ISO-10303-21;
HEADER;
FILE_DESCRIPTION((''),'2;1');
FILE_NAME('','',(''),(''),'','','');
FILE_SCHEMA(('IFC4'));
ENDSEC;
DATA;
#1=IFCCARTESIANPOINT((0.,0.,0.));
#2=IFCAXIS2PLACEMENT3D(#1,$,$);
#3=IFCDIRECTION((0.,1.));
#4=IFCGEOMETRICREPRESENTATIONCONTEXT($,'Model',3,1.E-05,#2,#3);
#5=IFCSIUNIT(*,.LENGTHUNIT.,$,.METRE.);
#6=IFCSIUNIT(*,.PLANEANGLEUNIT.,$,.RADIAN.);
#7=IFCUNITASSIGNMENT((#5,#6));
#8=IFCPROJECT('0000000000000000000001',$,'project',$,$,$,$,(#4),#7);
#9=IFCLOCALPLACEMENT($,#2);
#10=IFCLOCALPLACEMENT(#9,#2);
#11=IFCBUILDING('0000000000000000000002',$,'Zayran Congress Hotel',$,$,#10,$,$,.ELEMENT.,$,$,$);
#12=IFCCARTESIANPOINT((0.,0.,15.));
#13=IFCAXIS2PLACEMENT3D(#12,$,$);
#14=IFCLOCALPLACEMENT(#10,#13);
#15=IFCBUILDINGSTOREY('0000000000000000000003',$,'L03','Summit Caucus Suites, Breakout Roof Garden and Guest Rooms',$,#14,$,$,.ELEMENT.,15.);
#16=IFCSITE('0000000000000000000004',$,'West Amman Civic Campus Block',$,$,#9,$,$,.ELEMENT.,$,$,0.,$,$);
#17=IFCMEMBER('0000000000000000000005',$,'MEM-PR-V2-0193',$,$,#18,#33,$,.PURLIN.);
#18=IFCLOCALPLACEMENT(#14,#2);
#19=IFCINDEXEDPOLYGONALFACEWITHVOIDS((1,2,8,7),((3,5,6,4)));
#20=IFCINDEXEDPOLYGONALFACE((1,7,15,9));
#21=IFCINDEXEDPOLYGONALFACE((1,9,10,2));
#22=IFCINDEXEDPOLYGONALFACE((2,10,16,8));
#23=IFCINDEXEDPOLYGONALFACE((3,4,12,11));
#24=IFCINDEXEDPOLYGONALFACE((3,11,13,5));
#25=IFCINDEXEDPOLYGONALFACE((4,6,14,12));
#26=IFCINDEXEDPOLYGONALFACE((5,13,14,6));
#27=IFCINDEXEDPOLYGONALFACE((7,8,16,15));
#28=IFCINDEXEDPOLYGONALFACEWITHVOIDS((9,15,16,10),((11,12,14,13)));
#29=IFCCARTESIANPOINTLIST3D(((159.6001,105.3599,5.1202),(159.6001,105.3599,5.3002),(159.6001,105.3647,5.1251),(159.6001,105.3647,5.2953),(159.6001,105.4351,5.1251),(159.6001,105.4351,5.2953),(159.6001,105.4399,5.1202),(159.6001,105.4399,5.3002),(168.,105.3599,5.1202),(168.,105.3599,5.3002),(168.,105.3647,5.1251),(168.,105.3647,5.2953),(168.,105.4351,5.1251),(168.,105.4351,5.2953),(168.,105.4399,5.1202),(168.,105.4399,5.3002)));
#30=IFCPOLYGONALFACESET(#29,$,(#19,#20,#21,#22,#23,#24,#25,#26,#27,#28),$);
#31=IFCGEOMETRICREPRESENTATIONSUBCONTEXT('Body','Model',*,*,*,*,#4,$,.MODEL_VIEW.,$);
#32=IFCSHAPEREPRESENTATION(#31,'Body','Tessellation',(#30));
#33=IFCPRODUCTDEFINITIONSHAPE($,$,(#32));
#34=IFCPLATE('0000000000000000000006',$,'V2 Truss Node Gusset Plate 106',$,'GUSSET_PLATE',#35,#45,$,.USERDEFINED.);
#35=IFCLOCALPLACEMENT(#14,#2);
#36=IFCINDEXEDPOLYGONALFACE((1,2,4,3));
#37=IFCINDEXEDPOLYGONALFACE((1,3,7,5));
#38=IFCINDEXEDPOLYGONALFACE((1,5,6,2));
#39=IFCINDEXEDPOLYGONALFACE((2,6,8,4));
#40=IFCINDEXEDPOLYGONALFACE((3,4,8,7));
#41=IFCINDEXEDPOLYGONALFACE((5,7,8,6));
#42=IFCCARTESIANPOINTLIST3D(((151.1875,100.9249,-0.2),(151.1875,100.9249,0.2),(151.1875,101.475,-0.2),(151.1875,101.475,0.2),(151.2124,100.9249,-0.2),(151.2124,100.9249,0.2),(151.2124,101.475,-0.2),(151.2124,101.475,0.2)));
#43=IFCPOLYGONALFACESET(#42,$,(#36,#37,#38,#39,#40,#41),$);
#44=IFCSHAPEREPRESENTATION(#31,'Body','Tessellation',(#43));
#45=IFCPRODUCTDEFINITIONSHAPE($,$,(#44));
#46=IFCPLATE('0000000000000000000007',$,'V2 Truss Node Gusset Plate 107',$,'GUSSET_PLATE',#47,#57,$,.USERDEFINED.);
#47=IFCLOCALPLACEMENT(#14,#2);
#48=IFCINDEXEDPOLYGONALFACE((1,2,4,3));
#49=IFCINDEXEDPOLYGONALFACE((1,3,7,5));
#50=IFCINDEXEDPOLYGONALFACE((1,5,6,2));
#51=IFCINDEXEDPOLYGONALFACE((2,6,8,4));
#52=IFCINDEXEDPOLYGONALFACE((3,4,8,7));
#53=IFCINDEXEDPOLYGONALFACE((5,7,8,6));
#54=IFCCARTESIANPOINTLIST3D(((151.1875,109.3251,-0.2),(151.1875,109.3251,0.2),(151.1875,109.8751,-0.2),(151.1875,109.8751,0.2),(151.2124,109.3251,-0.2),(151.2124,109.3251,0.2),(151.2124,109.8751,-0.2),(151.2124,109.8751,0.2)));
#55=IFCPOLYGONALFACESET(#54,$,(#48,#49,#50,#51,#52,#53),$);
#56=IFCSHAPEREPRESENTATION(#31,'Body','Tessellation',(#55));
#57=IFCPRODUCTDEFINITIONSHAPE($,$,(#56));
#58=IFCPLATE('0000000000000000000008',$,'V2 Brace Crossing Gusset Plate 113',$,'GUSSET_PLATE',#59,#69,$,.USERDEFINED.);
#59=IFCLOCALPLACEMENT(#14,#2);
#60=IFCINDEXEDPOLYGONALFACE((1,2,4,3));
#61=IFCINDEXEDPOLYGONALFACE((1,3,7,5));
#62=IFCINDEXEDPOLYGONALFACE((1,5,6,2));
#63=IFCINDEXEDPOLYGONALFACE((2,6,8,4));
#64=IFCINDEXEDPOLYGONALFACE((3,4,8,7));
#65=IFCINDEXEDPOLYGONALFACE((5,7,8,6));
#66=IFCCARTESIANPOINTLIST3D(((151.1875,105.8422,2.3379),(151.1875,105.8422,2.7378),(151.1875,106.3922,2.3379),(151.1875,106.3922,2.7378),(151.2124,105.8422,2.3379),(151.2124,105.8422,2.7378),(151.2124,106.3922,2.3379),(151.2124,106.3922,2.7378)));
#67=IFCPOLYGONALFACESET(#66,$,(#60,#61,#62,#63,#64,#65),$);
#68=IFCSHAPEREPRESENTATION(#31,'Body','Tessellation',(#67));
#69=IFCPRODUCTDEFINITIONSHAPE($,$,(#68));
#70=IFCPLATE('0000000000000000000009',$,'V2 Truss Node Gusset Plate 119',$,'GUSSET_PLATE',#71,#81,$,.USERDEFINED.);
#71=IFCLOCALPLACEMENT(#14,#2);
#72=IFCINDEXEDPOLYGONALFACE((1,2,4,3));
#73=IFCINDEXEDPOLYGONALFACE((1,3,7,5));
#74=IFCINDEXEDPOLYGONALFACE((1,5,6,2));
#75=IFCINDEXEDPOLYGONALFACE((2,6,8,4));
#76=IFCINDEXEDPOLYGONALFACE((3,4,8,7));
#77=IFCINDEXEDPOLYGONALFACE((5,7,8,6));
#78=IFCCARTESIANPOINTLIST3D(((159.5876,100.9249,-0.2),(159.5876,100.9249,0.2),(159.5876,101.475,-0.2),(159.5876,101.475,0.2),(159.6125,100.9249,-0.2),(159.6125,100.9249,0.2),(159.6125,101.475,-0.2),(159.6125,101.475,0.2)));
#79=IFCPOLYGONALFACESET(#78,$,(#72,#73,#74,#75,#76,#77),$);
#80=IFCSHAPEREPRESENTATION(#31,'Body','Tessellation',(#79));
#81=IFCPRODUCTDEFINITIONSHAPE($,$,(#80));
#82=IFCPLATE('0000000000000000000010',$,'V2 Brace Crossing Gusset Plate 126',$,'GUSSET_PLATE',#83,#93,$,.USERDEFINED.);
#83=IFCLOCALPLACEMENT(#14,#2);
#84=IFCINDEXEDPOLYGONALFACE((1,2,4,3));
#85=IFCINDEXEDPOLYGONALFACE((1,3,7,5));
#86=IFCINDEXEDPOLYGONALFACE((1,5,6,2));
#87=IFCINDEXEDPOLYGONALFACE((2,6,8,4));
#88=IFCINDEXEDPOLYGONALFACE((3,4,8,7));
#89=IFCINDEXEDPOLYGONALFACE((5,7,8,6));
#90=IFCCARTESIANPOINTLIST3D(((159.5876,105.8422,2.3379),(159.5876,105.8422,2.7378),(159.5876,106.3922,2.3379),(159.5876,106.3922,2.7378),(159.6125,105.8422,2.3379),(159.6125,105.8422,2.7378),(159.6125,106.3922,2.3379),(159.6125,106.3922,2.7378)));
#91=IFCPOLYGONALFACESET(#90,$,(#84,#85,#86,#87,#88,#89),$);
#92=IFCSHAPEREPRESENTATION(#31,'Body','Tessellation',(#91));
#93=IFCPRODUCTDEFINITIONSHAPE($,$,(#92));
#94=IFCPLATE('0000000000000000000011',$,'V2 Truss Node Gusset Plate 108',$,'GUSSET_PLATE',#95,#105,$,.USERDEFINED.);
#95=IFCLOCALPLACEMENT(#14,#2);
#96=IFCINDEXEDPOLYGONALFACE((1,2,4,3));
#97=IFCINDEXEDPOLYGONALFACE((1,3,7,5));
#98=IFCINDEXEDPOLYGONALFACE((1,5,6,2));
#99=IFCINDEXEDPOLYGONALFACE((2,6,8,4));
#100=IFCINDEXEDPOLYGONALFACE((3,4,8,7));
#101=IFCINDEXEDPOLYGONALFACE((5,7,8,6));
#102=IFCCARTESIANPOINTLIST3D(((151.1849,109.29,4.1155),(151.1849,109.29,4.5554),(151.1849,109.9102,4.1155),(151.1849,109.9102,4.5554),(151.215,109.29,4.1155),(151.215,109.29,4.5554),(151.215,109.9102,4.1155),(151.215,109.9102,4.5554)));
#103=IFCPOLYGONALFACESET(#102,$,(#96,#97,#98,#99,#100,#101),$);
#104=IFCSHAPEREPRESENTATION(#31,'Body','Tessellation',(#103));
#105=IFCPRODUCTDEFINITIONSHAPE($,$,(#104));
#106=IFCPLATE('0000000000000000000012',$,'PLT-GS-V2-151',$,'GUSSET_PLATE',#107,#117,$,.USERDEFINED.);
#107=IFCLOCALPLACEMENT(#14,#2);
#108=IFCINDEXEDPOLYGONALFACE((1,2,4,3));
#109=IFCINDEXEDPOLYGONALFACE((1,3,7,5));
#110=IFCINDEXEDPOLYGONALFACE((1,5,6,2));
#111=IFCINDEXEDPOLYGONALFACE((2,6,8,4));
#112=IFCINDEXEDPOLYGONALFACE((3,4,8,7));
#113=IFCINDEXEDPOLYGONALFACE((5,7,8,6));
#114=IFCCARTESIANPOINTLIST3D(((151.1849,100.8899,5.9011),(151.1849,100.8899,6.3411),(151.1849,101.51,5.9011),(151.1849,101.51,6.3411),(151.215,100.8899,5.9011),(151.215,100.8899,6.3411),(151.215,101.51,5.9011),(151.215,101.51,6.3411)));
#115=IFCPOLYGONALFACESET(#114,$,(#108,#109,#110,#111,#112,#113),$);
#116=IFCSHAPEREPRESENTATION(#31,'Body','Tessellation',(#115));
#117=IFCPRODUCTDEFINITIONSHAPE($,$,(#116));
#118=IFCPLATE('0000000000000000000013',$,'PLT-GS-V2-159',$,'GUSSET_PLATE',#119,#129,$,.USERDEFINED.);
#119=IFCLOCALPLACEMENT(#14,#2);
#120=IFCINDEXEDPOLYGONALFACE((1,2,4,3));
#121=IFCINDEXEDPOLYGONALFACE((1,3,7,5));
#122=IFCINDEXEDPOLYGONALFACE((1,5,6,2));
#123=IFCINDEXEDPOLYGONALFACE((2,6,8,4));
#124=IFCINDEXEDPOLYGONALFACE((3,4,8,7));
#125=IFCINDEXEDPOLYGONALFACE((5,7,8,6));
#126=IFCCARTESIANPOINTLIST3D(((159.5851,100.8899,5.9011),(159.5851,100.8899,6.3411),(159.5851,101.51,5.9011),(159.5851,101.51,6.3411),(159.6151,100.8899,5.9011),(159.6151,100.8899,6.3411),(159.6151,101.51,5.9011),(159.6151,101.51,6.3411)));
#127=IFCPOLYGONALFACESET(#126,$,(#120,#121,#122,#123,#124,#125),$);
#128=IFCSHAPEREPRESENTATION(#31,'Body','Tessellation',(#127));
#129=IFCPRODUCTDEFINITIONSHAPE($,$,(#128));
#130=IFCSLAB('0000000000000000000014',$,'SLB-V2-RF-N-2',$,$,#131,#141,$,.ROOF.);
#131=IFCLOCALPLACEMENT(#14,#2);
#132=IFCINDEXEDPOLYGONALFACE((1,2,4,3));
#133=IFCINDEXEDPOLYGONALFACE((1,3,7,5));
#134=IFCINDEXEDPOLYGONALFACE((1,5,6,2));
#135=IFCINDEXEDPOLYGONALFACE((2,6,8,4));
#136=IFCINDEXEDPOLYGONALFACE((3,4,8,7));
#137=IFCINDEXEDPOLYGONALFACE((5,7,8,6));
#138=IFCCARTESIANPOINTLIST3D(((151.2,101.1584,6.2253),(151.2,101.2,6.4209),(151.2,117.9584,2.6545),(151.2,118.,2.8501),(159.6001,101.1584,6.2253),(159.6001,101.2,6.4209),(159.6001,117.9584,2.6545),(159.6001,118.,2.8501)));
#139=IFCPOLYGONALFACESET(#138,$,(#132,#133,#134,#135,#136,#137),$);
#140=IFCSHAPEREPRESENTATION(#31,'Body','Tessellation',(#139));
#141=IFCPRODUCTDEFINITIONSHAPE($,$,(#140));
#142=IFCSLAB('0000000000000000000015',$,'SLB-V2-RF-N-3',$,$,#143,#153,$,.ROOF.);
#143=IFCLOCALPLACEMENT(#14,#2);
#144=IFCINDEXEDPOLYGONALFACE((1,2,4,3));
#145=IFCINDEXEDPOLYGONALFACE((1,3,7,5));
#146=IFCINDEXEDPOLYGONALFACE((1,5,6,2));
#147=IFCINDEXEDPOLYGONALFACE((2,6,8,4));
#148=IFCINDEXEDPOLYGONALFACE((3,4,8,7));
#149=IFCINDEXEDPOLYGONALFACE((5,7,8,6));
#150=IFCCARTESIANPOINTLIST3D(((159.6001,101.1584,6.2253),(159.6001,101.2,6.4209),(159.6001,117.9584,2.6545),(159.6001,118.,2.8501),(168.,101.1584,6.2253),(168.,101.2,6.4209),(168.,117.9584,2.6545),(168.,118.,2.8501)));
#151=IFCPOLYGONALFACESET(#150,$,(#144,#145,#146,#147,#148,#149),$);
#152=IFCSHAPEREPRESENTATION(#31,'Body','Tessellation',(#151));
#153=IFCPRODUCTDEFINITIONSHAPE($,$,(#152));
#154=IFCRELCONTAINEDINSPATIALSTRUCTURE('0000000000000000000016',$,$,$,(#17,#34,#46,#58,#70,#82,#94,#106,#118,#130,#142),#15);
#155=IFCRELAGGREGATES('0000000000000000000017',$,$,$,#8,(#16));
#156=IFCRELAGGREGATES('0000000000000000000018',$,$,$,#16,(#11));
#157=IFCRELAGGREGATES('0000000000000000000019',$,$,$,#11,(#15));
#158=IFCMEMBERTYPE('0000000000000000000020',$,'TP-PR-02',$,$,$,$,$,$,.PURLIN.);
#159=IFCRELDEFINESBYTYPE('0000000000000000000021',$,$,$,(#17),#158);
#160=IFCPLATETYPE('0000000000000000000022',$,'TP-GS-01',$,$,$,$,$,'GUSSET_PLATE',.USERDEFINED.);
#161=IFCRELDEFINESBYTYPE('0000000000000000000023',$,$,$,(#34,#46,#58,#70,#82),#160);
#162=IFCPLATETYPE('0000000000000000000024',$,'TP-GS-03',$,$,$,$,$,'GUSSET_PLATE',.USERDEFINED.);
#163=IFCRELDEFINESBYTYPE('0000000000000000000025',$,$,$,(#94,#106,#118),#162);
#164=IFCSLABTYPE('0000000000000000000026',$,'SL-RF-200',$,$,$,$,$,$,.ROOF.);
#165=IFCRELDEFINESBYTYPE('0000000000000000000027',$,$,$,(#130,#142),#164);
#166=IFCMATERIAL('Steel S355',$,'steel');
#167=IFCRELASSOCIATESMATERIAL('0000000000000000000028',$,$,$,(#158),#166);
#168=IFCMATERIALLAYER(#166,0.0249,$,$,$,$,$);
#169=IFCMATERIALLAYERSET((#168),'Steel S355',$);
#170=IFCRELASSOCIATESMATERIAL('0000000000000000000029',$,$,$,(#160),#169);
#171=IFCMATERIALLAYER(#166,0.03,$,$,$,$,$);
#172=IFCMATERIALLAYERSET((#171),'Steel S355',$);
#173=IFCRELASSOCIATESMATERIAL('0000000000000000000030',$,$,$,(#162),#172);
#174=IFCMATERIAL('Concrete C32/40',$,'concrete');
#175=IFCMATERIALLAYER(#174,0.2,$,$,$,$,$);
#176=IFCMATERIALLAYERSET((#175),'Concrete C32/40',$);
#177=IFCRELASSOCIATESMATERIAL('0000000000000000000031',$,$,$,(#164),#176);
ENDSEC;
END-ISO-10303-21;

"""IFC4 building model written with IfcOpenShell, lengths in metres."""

from ifc_helpers import new_model, si_unit, direction, frame, origin, origin_2d, place, context, subcontext, project, spatial, polyline, rectangle, hollow_rectangle, outline, extrude, material, layer, layer_set, material_profile, profile_set, type_object, element, save


model = new_model("IFC4")

# Units and contexts
model_context = context("Model", 3, precision=1e-05, world=origin(), true_north=direction((0.0, 1.0)))
body_context = subcontext(model_context, "Body", "Model", "MODEL_VIEW")
ifc_project = project(units=[si_unit("LENGTHUNIT", "METRE"), si_unit("PLANEANGLEUNIT", "RADIAN")], contexts=[model_context])

# Site, building, storey
site_placement = place(None, origin())
site = spatial("IfcSite", under=ifc_project, at=site_placement, Name="West Amman Civic Campus Block", CompositionType="ELEMENT", RefElevation=0.0)
building_placement = place(site_placement, origin())
building = spatial("IfcBuilding", under=site, at=building_placement, Name="Zayran Congress Hotel", CompositionType="ELEMENT")
storey_placement = place(building_placement, frame((0.0, 0.0, 15.0)))
storey = spatial("IfcBuildingStorey", under=building, at=storey_placement, Name="L03", Description="Summit Caucus Suites, Breakout Roof Garden and Guest Rooms", CompositionType="ELEMENT", Elevation=15.0)

# Shared definitions
ifc_material_1 = material(Name="Steel S355", Category="steel")

# Member
ifc_material_profile_1 = material_profile(ifc_material_1, hollow_rectangle(XDim=0.0801, YDim=0.1799, WallThickness=0.0049, at=origin_2d()), Name="RHS 180x80x5")
ifc_profile_set_1 = profile_set([ifc_material_profile_1], Name="Steel S355")
member_type_1 = type_object("IfcMemberType", Name="TP-PR-02", PredefinedType="PURLIN", material=ifc_profile_set_1)
member_1_placement = place(storey_placement, frame((159.6001, 105.3999, 5.2102), z_axis=(1.0, 0.0, 0.0), x_axis=(0.0, 1.0, 0.0)))
element("IfcMember", 1, at=member_1_placement, inside=storey, type_object=member_type_1, Name="MEM-PR-V2-0193", PredefinedType="PURLIN", context=body_context, shape_type="SweptSolid", body=[
    extrude(hollow_rectangle(XDim=0.0801, YDim=0.1799, WallThickness=0.0049, at=origin_2d()), origin(), (0.0, 0.0, 1.0), 8.3999),
])

# Plates
ifc_layer_1 = layer(ifc_material_1, 0.0249)
ifc_layer_set_1 = layer_set([ifc_layer_1], Name="Steel S355")
plate_type_1 = type_object("IfcPlateType", Name="TP-GS-01", ElementType="GUSSET_PLATE", PredefinedType="USERDEFINED", material=ifc_layer_set_1)
for number, where, z_axis, x_axis, name in (
    (2, (151.2, 101.2, -0.2), (0.0, 0.0, 1.0), (0.0, 1.0, 0.0), "V2 Truss Node Gusset Plate 106"),
    (3, (151.2, 109.6001, -0.2), (0.0, 0.0, 1.0), (0.0, 1.0, 0.0), "V2 Truss Node Gusset Plate 107"),
    (4, (151.2, 106.1172, 2.3379), (0.0, 0.0, 1.0), (0.0, 1.0, 0.0), "V2 Brace Crossing Gusset Plate 113"),
    (5, (159.6001, 101.2, -0.2), (0.0, 0.0, 1.0), (0.0, 1.0, 0.0), "V2 Truss Node Gusset Plate 119"),
    (6, (159.6001, 106.1172, 2.3379), (0.0, 0.0, 1.0), (0.0, 1.0, 0.0), "V2 Brace Crossing Gusset Plate 126"),
):
    element("IfcPlate", number, at=place(storey_placement, frame(where, z_axis=z_axis, x_axis=x_axis)), inside=storey, type_object=plate_type_1, Name=name, ObjectType="GUSSET_PLATE", PredefinedType="USERDEFINED", context=body_context, shape_type="SweptSolid", body=[
        extrude(rectangle(XDim=0.55, YDim=0.0249, at=origin_2d()), origin(), (0.0, 0.0, 1.0), 0.3999),
    ])
ifc_layer_2 = layer(ifc_material_1, 0.03)
ifc_layer_set_2 = layer_set([ifc_layer_2], Name="Steel S355")
plate_type_2 = type_object("IfcPlateType", Name="TP-GS-03", ElementType="GUSSET_PLATE", PredefinedType="USERDEFINED", material=ifc_layer_set_2)
for number, where, z_axis, x_axis, name in (
    (7, (151.2, 109.6001, 4.1155), (0.0, 0.0, 1.0), (0.0, 1.0, 0.0), "V2 Truss Node Gusset Plate 108"),
    (8, (151.2, 101.2, 5.9011), (0.0, 0.0, 1.0), (0.0, 1.0, 0.0), "PLT-GS-V2-151"),
    (9, (159.6001, 101.2, 5.9011), (0.0, 0.0, 1.0), (0.0, 1.0, 0.0), "PLT-GS-V2-159"),
):
    element("IfcPlate", number, at=place(storey_placement, frame(where, z_axis=z_axis, x_axis=x_axis)), inside=storey, type_object=plate_type_2, Name=name, ObjectType="GUSSET_PLATE", PredefinedType="USERDEFINED", context=body_context, shape_type="SweptSolid", body=[
        extrude(rectangle(XDim=0.6201, YDim=0.03, at=origin_2d()), origin(), (0.0, 0.0, 1.0), 0.4399),
    ])

# Slabs
ifc_material_2 = material(Name="Concrete C32/40", Category="concrete")
ifc_layer_3 = layer(ifc_material_2, 0.2)
ifc_layer_set_3 = layer_set([ifc_layer_3], Name="Concrete C32/40")
slab_type = type_object("IfcSlabType", Name="SL-RF-200", PredefinedType="ROOF", material=ifc_layer_set_3)
slab_1_placement = place(storey_placement, frame((151.2, 101.2, 6.4209), z_axis=(0.0, 0.207903, 0.978149), x_axis=(1.0, 0.0, 0.0)))
element("IfcSlab", 10, at=slab_1_placement, inside=storey, type_object=slab_type, Name="SLB-V2-RF-N-2", PredefinedType="ROOF", context=body_context, shape_type="SweptSolid", body=[
    extrude(outline(polyline([(0.0, 0.0), (8.4001, 0.0), (8.4001, 17.1753), (0.0, 17.1753), (0.0, 0.0)])), origin(), (0.0, 0.0, -1.0), 0.2),
])
slab_2_placement = place(storey_placement, frame((159.6001, 101.2, 6.4209), z_axis=(0.0, 0.207903, 0.978149), x_axis=(1.0, 0.0, 0.0)))
element("IfcSlab", 11, at=slab_2_placement, inside=storey, type_object=slab_type, Name="SLB-V2-RF-N-3", PredefinedType="ROOF", context=body_context, shape_type="SweptSolid", body=[
    extrude(outline(polyline([(0.0, 0.0), (8.3999, 0.0), (8.3999, 17.1753), (0.0, 17.1753), (0.0, 0.0)])), origin(), (0.0, 0.0, -1.0), 0.2),
])

save(model, "model.ifc")
